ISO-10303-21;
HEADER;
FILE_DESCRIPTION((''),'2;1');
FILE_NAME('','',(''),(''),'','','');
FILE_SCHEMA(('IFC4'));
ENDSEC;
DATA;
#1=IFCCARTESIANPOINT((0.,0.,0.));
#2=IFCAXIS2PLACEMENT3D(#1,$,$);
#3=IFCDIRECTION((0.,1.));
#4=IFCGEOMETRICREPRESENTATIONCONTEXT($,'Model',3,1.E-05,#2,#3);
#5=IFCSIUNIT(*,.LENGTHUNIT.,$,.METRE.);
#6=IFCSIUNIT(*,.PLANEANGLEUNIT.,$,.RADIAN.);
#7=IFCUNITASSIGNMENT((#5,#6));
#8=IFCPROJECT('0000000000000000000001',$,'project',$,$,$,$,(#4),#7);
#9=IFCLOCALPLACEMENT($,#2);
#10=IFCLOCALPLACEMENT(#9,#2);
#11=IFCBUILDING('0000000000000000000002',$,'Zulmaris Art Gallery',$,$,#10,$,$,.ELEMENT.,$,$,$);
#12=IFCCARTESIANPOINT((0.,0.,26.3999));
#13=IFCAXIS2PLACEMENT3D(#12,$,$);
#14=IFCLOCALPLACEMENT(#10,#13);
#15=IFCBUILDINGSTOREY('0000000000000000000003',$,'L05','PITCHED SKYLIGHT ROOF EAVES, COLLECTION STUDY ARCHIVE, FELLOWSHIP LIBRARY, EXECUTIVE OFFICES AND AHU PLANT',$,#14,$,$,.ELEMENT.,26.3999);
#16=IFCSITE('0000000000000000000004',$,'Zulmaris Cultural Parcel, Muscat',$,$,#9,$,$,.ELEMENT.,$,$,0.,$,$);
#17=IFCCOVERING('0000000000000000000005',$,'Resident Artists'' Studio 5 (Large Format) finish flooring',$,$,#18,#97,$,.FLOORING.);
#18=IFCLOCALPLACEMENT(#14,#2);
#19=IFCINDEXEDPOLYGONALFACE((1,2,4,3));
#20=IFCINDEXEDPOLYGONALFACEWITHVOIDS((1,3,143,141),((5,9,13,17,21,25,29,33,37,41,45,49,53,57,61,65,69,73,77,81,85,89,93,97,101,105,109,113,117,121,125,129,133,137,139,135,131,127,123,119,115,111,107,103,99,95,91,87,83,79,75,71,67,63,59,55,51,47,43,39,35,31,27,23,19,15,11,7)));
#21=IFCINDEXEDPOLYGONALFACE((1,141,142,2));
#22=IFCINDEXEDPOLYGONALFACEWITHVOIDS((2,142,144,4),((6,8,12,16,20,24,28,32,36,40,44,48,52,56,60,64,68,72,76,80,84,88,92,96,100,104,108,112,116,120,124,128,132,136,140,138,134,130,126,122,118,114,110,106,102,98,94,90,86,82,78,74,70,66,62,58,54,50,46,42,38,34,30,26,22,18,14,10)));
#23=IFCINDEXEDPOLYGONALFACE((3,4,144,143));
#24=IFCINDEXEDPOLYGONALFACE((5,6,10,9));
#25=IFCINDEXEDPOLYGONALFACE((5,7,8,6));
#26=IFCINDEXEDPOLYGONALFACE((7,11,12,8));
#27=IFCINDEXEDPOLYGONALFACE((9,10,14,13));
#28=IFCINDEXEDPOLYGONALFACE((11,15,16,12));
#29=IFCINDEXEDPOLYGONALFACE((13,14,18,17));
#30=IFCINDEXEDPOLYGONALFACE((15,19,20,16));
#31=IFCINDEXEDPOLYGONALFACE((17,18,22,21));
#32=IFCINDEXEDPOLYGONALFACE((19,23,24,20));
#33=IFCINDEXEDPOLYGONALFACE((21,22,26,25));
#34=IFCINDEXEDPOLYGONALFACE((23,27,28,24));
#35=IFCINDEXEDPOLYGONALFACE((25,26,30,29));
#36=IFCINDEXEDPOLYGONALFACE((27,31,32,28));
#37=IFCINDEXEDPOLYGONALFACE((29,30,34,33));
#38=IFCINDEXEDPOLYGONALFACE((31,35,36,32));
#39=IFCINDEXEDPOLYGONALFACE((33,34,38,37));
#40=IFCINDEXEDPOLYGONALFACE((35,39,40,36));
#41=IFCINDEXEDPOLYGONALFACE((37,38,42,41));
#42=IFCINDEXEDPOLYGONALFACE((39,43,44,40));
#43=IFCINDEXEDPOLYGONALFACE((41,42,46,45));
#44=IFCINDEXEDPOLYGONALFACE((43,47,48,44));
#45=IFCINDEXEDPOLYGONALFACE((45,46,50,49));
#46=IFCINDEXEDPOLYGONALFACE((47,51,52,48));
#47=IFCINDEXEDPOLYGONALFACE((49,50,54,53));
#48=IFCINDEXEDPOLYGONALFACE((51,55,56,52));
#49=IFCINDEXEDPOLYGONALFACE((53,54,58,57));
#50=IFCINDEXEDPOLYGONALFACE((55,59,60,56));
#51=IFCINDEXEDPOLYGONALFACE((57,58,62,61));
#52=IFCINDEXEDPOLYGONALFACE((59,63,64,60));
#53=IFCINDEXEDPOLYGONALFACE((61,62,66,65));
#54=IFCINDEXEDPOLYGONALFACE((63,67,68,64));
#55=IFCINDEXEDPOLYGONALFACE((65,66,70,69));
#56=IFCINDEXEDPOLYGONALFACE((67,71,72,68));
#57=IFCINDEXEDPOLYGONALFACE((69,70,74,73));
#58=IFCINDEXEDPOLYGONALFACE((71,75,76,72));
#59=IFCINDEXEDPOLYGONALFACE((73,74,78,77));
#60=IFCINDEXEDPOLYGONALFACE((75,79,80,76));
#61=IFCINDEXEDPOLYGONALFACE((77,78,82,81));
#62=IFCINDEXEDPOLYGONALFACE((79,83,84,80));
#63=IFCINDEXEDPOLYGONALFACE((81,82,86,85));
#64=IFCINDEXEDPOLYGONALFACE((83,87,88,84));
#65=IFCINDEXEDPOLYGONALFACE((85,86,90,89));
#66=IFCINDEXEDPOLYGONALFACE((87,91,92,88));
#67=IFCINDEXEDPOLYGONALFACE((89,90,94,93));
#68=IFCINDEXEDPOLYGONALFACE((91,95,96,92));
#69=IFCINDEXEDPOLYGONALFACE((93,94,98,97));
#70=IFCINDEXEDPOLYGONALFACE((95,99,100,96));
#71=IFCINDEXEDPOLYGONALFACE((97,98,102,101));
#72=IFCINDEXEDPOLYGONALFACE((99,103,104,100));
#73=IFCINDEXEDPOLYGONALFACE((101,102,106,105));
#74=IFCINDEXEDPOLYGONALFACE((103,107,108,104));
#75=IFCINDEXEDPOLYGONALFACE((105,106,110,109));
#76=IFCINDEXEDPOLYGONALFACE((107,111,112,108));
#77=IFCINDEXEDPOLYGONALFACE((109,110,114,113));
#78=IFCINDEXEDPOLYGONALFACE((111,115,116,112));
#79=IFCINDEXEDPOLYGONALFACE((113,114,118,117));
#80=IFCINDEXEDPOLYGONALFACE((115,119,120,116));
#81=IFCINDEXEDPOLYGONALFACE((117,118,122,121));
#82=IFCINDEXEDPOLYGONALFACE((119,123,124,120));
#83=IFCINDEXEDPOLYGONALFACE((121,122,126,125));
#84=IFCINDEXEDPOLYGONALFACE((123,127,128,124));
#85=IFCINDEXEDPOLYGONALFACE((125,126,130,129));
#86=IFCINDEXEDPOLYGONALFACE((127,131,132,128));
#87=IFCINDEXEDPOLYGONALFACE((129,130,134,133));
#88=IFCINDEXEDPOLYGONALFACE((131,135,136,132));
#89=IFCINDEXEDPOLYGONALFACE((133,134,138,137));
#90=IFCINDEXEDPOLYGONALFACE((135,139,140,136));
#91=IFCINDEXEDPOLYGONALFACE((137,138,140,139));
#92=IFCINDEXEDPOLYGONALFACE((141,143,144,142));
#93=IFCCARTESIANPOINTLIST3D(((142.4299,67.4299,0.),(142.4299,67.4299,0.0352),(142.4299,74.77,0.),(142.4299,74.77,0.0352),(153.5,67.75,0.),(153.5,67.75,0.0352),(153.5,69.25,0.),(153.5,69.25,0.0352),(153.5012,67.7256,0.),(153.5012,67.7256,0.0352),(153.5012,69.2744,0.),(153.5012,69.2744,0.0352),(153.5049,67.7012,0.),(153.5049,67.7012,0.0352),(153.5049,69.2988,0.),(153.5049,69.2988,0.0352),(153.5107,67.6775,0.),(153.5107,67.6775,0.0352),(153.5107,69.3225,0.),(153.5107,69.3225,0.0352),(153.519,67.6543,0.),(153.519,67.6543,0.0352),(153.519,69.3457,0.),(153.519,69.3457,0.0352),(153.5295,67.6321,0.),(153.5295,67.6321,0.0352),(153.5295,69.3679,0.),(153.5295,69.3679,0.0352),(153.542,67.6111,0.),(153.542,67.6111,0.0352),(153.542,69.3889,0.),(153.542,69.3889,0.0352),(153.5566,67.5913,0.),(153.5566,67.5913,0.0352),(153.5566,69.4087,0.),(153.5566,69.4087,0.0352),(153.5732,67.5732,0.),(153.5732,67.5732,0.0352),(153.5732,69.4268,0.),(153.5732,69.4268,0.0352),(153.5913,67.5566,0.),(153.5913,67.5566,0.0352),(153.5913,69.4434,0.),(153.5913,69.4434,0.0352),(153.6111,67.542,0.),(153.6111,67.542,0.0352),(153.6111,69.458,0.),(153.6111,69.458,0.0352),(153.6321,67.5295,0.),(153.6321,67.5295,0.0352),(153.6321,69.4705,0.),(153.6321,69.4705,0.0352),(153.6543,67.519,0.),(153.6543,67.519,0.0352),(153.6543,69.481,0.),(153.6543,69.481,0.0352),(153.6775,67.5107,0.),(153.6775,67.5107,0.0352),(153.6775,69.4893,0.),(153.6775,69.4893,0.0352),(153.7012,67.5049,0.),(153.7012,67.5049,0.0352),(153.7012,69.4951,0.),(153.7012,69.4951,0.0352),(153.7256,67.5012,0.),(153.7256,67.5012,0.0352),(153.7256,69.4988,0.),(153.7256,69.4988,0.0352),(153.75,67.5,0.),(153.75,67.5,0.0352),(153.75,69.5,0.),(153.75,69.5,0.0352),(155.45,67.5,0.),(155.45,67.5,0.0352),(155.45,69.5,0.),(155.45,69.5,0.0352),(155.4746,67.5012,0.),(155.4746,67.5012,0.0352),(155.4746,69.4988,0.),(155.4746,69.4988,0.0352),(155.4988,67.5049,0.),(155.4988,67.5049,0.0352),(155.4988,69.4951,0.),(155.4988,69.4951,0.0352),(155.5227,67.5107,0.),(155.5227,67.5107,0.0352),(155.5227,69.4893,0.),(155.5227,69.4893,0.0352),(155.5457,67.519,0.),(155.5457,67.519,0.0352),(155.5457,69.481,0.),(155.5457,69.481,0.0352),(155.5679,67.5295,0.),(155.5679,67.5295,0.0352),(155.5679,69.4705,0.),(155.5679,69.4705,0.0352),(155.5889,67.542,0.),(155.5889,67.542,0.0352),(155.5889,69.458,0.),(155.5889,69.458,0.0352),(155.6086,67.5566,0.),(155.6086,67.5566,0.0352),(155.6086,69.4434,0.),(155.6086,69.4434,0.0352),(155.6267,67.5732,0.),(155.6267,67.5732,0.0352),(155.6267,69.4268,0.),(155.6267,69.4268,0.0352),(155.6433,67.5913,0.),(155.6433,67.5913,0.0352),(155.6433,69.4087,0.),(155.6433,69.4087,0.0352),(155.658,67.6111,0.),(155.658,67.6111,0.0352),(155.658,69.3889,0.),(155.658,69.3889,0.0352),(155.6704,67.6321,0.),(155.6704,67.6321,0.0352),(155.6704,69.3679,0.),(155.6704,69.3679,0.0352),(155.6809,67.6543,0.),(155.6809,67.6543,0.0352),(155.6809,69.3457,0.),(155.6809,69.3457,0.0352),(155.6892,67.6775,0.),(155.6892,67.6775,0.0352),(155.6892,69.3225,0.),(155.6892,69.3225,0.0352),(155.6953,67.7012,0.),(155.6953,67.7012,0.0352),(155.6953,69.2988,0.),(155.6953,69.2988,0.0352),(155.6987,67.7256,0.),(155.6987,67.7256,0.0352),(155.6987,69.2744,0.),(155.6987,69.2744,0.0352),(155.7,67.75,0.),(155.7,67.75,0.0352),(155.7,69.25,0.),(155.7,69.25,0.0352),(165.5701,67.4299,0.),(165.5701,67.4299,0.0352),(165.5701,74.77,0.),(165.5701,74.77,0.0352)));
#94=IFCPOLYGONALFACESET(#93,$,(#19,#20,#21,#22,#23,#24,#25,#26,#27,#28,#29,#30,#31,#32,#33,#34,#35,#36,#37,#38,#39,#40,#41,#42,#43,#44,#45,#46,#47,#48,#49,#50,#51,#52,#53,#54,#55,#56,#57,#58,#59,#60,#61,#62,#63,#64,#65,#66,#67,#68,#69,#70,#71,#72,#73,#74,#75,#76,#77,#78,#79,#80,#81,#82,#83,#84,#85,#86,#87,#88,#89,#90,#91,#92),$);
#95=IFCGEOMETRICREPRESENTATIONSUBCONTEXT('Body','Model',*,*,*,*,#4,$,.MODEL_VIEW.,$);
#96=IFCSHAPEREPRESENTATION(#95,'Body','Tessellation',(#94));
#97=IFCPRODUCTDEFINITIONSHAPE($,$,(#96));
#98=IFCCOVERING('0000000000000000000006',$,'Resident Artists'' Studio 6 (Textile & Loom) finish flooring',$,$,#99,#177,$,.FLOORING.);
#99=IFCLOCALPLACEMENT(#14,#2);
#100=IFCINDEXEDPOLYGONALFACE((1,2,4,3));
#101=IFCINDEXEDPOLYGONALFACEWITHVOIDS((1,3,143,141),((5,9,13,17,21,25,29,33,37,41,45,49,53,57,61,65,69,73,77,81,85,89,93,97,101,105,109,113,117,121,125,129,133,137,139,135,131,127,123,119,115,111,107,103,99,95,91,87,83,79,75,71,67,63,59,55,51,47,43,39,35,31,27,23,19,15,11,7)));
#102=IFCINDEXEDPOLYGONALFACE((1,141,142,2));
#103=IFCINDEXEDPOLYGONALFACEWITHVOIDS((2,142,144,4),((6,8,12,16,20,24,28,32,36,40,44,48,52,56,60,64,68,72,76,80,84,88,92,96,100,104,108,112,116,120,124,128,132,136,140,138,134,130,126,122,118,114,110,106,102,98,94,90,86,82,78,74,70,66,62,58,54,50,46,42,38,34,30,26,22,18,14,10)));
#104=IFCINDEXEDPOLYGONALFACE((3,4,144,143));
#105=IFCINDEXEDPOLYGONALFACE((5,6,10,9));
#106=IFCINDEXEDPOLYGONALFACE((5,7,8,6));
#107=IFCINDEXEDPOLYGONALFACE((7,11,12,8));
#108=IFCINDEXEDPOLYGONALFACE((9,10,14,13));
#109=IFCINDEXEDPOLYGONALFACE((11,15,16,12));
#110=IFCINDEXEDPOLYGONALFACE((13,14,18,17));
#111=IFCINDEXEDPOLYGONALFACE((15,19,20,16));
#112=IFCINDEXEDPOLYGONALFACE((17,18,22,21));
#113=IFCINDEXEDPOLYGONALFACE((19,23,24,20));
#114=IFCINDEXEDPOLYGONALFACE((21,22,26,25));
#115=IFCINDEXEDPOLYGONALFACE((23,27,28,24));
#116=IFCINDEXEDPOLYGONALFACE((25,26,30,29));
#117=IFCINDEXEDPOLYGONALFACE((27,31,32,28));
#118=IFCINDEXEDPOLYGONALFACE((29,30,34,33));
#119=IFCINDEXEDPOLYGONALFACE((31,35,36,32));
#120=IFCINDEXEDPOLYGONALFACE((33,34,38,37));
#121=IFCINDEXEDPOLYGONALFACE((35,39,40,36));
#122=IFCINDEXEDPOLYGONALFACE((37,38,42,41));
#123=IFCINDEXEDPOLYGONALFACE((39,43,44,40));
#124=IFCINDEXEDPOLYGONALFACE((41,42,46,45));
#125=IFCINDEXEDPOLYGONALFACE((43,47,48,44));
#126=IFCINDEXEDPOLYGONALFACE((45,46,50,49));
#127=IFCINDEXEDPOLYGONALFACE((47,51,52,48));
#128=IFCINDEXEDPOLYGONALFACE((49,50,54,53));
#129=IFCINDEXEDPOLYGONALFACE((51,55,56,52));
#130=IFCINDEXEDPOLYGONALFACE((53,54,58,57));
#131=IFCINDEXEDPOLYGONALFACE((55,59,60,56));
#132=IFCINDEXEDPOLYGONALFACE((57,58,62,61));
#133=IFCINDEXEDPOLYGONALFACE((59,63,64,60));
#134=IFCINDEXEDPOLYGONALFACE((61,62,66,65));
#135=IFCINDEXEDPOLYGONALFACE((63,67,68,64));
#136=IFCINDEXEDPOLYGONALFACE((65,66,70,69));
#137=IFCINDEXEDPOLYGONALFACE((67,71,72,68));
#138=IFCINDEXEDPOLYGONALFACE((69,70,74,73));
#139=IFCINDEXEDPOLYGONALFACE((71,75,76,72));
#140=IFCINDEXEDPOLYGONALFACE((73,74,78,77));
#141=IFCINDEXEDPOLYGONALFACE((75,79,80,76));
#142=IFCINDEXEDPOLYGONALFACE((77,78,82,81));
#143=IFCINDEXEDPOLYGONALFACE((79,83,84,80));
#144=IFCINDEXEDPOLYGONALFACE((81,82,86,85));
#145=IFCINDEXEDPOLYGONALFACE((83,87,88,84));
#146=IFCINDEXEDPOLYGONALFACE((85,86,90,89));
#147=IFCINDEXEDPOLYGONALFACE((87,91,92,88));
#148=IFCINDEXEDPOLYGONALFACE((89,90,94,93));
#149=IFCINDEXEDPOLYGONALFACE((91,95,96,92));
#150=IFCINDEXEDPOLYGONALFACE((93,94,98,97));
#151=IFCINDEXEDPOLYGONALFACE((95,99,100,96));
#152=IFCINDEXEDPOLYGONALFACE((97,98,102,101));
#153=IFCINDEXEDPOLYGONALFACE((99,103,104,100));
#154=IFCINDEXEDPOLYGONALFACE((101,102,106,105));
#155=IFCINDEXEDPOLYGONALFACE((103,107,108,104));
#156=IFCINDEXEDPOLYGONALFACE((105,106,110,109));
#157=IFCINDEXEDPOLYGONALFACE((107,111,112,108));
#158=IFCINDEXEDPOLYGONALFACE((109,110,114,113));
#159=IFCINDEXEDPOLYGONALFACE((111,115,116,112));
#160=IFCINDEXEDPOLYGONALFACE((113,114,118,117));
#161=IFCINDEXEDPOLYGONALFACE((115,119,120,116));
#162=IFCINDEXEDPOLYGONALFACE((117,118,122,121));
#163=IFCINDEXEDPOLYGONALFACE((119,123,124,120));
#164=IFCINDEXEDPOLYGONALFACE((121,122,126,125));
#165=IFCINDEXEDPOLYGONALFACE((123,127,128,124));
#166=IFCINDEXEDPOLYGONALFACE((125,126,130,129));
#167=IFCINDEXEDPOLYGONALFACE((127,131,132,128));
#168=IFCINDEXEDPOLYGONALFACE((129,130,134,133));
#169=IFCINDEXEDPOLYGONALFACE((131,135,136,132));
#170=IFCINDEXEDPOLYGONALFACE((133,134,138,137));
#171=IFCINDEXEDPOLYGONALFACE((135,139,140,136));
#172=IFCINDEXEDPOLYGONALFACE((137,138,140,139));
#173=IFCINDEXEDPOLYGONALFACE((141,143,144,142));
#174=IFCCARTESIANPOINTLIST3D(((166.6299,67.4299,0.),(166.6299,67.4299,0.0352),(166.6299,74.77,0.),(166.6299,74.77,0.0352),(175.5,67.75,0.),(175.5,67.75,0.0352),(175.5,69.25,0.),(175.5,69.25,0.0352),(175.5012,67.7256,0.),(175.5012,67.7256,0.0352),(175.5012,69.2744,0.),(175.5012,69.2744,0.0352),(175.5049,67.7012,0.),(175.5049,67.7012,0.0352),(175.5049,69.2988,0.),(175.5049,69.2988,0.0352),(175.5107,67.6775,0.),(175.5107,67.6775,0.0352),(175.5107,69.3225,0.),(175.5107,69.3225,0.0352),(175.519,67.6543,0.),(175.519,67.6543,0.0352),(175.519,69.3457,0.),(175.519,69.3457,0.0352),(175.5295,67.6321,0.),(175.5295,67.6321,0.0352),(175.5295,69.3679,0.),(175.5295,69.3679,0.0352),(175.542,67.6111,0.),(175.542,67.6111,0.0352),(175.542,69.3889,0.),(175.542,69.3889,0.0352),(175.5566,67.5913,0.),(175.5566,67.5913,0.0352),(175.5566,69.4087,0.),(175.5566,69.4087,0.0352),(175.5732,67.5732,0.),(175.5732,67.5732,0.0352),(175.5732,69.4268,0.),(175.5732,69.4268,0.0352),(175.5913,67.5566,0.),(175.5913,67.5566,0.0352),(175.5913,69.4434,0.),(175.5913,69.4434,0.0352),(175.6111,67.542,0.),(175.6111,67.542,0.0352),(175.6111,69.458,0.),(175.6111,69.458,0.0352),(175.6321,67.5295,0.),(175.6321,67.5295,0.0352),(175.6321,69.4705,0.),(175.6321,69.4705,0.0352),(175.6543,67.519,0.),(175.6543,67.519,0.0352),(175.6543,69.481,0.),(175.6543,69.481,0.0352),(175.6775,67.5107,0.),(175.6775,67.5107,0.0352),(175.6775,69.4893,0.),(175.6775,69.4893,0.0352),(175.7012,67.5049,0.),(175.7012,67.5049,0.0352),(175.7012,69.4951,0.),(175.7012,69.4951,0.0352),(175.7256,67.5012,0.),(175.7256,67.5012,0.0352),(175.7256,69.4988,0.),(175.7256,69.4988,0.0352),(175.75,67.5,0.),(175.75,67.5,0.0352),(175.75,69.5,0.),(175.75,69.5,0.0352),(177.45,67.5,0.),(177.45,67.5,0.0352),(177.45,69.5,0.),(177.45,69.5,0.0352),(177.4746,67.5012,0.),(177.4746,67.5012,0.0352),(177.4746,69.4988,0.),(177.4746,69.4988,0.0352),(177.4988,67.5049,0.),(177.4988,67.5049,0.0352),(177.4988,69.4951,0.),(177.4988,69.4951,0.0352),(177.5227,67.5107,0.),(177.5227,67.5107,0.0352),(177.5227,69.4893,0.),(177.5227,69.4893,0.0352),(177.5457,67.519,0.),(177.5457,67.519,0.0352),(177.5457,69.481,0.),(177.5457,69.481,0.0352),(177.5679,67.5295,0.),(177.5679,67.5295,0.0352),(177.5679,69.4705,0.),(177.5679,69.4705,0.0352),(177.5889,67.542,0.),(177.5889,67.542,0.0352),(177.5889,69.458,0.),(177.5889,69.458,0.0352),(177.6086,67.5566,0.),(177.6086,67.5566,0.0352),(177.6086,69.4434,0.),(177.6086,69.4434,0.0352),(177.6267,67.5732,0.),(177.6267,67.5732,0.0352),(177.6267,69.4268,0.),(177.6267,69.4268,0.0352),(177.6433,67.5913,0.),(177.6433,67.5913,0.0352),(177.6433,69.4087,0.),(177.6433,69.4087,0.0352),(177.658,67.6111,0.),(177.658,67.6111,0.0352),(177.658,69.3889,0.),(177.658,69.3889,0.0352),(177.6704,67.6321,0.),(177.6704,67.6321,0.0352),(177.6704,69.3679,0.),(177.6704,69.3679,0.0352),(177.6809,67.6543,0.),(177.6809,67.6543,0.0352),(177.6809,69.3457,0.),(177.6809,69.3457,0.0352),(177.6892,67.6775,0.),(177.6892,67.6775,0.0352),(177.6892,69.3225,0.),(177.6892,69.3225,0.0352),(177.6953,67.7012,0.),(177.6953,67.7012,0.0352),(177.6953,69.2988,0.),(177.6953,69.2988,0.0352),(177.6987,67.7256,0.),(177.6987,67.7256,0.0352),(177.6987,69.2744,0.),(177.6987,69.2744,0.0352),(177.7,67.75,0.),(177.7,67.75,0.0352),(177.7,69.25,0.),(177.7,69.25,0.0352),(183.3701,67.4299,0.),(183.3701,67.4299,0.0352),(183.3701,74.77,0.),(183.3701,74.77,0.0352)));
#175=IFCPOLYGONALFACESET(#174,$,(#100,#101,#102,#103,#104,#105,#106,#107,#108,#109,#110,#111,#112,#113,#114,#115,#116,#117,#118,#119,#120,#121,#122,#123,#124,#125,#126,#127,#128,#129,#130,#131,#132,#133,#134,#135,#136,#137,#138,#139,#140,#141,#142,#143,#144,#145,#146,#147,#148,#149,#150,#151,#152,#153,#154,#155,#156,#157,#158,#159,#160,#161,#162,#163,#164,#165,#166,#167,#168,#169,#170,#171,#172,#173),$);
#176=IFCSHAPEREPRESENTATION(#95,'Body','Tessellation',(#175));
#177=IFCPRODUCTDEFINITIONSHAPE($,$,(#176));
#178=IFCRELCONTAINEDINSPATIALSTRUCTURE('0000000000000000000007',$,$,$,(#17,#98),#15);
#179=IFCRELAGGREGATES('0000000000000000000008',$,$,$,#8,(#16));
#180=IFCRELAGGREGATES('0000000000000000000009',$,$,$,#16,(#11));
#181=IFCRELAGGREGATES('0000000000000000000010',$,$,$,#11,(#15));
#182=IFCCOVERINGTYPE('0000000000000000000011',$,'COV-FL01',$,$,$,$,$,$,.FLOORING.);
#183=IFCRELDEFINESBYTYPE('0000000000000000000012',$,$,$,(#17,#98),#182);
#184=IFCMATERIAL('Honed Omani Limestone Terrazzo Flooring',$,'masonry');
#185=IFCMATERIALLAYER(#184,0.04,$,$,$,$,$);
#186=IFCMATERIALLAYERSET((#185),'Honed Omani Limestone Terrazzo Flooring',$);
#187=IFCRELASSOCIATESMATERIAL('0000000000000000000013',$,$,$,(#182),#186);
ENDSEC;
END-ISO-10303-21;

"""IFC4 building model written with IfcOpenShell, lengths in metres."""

from ifc_helpers import new_model, si_unit, direction, frame, origin, place, context, subcontext, project, spatial, polyline, outline, extrude, material, layer, layer_set, type_object, element, save


model = new_model("IFC4")

# Units and contexts
model_context = context("Model", 3, precision=1e-05, world=origin(), true_north=direction((0.0, 1.0)))
body_context = subcontext(model_context, "Body", "Model", "MODEL_VIEW")
ifc_project = project(units=[si_unit("LENGTHUNIT", "METRE"), si_unit("PLANEANGLEUNIT", "RADIAN")], contexts=[model_context])

# Site, building, storey
site_placement = place(None, origin())
site = spatial("IfcSite", under=ifc_project, at=site_placement, Name="Zulmaris Cultural Parcel, Muscat", CompositionType="ELEMENT", RefElevation=0.0)
building_placement = place(site_placement, origin())
building = spatial("IfcBuilding", under=site, at=building_placement, Name="Zulmaris Art Gallery", CompositionType="ELEMENT")
storey_placement = place(building_placement, frame((0.0, 0.0, 26.3999)))
storey = spatial("IfcBuildingStorey", under=building, at=storey_placement, Name="L05", Description="PITCHED SKYLIGHT ROOF EAVES, COLLECTION STUDY ARCHIVE, FELLOWSHIP LIBRARY, EXECUTIVE OFFICES AND AHU PLANT", CompositionType="ELEMENT", Elevation=26.3999)

# Coverings
ifc_material_1 = material(Name="Honed Omani Limestone Terrazzo Flooring", Category="masonry")
ifc_layer_1 = layer(ifc_material_1, 0.04)
ifc_layer_set_1 = layer_set([ifc_layer_1], Name="Honed Omani Limestone Terrazzo Flooring")
covering_type_1 = type_object("IfcCoveringType", Name="COV-FL01", PredefinedType="FLOORING", material=ifc_layer_set_1)
covering_1_placement = place(storey_placement, origin())
element("IfcCovering", 1, at=covering_1_placement, inside=storey, type_object=covering_type_1, Name="Resident Artists' Studio 5 (Large Format) finish flooring", PredefinedType="FLOORING", context=body_context, shape_type="SweptSolid", body=[
    extrude(outline(polyline([(165.5701, 67.4299), (142.4299, 67.4299), (142.4299, 74.77), (165.5701, 74.77), (165.5701, 67.4299)]), holes=[polyline([(153.5012, 67.7256), (153.5049, 67.7012), (153.5107, 67.6775), (153.519, 67.6543), (153.5295, 67.6321), (153.542, 67.6111), (153.5566, 67.5913), (153.5732, 67.5732), (153.5913, 67.5566), (153.6111, 67.542), (153.6321, 67.5295), (153.6543, 67.519), (153.6775, 67.5107), (153.7012, 67.5049), (153.7256, 67.5012), (153.75, 67.5), (155.45, 67.5), (155.4746, 67.5012), (155.4988, 67.5049), (155.5227, 67.5107), (155.5457, 67.519), (155.5679, 67.5295), (155.5889, 67.542), (155.6086, 67.5566), (155.6267, 67.5732), (155.6433, 67.5913), (155.658, 67.6111), (155.6704, 67.6321), (155.6809, 67.6543), (155.6892, 67.6775), (155.6953, 67.7012), (155.6987, 67.7256), (155.7, 67.75), (155.7, 69.25), (155.6987, 69.2744), (155.6953, 69.2988), (155.6892, 69.3225), (155.6809, 69.3457), (155.6704, 69.3679), (155.658, 69.3889), (155.6433, 69.4087), (155.6267, 69.4268), (155.6086, 69.4434), (155.5889, 69.458), (155.5679, 69.4705), (155.5457, 69.481), (155.5227, 69.4893), (155.4988, 69.4951), (155.4746, 69.4988), (155.45, 69.5), (153.75, 69.5), (153.7256, 69.4988), (153.7012, 69.4951), (153.6775, 69.4893), (153.6543, 69.481), (153.6321, 69.4705), (153.6111, 69.458), (153.5913, 69.4434), (153.5732, 69.4268), (153.5566, 69.4087), (153.542, 69.3889), (153.5295, 69.3679), (153.519, 69.3457), (153.5107, 69.3225), (153.5049, 69.2988), (153.5012, 69.2744), (153.5, 69.25), (153.5, 67.75), (153.5012, 67.7256)])]), origin(), (0.0, 0.0, 1.0), 0.0352),
])
covering_2_placement = place(storey_placement, origin())
element("IfcCovering", 2, at=covering_2_placement, inside=storey, type_object=covering_type_1, Name="Resident Artists' Studio 6 (Textile & Loom) finish flooring", PredefinedType="FLOORING", context=body_context, shape_type="SweptSolid", body=[
    extrude(outline(polyline([(183.3701, 67.4299), (166.6299, 67.4299), (166.6299, 74.77), (183.3701, 74.77), (183.3701, 67.4299)]), holes=[polyline([(175.7256, 69.4988), (175.7012, 69.4951), (175.6775, 69.4893), (175.6543, 69.481), (175.6321, 69.4705), (175.6111, 69.458), (175.5913, 69.4434), (175.5732, 69.4268), (175.5566, 69.4087), (175.542, 69.3889), (175.5295, 69.3679), (175.519, 69.3457), (175.5107, 69.3225), (175.5049, 69.2988), (175.5012, 69.2744), (175.5, 69.25), (175.5, 67.75), (175.5012, 67.7256), (175.5049, 67.7012), (175.5107, 67.6775), (175.519, 67.6543), (175.5295, 67.6321), (175.542, 67.6111), (175.5566, 67.5913), (175.5732, 67.5732), (175.5913, 67.5566), (175.6111, 67.542), (175.6321, 67.5295), (175.6543, 67.519), (175.6775, 67.5107), (175.7012, 67.5049), (175.7256, 67.5012), (175.75, 67.5), (177.45, 67.5), (177.4746, 67.5012), (177.4988, 67.5049), (177.5227, 67.5107), (177.5457, 67.519), (177.5679, 67.5295), (177.5889, 67.542), (177.6086, 67.5566), (177.6267, 67.5732), (177.6433, 67.5913), (177.658, 67.6111), (177.6704, 67.6321), (177.6809, 67.6543), (177.6892, 67.6775), (177.6953, 67.7012), (177.6987, 67.7256), (177.7, 67.75), (177.7, 69.25), (177.6987, 69.2744), (177.6953, 69.2988), (177.6892, 69.3225), (177.6809, 69.3457), (177.6704, 69.3679), (177.658, 69.3889), (177.6433, 69.4087), (177.6267, 69.4268), (177.6086, 69.4434), (177.5889, 69.458), (177.5679, 69.4705), (177.5457, 69.481), (177.5227, 69.4893), (177.4988, 69.4951), (177.4746, 69.4988), (177.45, 69.5), (175.75, 69.5), (175.7256, 69.4988)])]), origin(), (0.0, 0.0, 1.0), 0.0352),
])

save(model, "model.ifc")
